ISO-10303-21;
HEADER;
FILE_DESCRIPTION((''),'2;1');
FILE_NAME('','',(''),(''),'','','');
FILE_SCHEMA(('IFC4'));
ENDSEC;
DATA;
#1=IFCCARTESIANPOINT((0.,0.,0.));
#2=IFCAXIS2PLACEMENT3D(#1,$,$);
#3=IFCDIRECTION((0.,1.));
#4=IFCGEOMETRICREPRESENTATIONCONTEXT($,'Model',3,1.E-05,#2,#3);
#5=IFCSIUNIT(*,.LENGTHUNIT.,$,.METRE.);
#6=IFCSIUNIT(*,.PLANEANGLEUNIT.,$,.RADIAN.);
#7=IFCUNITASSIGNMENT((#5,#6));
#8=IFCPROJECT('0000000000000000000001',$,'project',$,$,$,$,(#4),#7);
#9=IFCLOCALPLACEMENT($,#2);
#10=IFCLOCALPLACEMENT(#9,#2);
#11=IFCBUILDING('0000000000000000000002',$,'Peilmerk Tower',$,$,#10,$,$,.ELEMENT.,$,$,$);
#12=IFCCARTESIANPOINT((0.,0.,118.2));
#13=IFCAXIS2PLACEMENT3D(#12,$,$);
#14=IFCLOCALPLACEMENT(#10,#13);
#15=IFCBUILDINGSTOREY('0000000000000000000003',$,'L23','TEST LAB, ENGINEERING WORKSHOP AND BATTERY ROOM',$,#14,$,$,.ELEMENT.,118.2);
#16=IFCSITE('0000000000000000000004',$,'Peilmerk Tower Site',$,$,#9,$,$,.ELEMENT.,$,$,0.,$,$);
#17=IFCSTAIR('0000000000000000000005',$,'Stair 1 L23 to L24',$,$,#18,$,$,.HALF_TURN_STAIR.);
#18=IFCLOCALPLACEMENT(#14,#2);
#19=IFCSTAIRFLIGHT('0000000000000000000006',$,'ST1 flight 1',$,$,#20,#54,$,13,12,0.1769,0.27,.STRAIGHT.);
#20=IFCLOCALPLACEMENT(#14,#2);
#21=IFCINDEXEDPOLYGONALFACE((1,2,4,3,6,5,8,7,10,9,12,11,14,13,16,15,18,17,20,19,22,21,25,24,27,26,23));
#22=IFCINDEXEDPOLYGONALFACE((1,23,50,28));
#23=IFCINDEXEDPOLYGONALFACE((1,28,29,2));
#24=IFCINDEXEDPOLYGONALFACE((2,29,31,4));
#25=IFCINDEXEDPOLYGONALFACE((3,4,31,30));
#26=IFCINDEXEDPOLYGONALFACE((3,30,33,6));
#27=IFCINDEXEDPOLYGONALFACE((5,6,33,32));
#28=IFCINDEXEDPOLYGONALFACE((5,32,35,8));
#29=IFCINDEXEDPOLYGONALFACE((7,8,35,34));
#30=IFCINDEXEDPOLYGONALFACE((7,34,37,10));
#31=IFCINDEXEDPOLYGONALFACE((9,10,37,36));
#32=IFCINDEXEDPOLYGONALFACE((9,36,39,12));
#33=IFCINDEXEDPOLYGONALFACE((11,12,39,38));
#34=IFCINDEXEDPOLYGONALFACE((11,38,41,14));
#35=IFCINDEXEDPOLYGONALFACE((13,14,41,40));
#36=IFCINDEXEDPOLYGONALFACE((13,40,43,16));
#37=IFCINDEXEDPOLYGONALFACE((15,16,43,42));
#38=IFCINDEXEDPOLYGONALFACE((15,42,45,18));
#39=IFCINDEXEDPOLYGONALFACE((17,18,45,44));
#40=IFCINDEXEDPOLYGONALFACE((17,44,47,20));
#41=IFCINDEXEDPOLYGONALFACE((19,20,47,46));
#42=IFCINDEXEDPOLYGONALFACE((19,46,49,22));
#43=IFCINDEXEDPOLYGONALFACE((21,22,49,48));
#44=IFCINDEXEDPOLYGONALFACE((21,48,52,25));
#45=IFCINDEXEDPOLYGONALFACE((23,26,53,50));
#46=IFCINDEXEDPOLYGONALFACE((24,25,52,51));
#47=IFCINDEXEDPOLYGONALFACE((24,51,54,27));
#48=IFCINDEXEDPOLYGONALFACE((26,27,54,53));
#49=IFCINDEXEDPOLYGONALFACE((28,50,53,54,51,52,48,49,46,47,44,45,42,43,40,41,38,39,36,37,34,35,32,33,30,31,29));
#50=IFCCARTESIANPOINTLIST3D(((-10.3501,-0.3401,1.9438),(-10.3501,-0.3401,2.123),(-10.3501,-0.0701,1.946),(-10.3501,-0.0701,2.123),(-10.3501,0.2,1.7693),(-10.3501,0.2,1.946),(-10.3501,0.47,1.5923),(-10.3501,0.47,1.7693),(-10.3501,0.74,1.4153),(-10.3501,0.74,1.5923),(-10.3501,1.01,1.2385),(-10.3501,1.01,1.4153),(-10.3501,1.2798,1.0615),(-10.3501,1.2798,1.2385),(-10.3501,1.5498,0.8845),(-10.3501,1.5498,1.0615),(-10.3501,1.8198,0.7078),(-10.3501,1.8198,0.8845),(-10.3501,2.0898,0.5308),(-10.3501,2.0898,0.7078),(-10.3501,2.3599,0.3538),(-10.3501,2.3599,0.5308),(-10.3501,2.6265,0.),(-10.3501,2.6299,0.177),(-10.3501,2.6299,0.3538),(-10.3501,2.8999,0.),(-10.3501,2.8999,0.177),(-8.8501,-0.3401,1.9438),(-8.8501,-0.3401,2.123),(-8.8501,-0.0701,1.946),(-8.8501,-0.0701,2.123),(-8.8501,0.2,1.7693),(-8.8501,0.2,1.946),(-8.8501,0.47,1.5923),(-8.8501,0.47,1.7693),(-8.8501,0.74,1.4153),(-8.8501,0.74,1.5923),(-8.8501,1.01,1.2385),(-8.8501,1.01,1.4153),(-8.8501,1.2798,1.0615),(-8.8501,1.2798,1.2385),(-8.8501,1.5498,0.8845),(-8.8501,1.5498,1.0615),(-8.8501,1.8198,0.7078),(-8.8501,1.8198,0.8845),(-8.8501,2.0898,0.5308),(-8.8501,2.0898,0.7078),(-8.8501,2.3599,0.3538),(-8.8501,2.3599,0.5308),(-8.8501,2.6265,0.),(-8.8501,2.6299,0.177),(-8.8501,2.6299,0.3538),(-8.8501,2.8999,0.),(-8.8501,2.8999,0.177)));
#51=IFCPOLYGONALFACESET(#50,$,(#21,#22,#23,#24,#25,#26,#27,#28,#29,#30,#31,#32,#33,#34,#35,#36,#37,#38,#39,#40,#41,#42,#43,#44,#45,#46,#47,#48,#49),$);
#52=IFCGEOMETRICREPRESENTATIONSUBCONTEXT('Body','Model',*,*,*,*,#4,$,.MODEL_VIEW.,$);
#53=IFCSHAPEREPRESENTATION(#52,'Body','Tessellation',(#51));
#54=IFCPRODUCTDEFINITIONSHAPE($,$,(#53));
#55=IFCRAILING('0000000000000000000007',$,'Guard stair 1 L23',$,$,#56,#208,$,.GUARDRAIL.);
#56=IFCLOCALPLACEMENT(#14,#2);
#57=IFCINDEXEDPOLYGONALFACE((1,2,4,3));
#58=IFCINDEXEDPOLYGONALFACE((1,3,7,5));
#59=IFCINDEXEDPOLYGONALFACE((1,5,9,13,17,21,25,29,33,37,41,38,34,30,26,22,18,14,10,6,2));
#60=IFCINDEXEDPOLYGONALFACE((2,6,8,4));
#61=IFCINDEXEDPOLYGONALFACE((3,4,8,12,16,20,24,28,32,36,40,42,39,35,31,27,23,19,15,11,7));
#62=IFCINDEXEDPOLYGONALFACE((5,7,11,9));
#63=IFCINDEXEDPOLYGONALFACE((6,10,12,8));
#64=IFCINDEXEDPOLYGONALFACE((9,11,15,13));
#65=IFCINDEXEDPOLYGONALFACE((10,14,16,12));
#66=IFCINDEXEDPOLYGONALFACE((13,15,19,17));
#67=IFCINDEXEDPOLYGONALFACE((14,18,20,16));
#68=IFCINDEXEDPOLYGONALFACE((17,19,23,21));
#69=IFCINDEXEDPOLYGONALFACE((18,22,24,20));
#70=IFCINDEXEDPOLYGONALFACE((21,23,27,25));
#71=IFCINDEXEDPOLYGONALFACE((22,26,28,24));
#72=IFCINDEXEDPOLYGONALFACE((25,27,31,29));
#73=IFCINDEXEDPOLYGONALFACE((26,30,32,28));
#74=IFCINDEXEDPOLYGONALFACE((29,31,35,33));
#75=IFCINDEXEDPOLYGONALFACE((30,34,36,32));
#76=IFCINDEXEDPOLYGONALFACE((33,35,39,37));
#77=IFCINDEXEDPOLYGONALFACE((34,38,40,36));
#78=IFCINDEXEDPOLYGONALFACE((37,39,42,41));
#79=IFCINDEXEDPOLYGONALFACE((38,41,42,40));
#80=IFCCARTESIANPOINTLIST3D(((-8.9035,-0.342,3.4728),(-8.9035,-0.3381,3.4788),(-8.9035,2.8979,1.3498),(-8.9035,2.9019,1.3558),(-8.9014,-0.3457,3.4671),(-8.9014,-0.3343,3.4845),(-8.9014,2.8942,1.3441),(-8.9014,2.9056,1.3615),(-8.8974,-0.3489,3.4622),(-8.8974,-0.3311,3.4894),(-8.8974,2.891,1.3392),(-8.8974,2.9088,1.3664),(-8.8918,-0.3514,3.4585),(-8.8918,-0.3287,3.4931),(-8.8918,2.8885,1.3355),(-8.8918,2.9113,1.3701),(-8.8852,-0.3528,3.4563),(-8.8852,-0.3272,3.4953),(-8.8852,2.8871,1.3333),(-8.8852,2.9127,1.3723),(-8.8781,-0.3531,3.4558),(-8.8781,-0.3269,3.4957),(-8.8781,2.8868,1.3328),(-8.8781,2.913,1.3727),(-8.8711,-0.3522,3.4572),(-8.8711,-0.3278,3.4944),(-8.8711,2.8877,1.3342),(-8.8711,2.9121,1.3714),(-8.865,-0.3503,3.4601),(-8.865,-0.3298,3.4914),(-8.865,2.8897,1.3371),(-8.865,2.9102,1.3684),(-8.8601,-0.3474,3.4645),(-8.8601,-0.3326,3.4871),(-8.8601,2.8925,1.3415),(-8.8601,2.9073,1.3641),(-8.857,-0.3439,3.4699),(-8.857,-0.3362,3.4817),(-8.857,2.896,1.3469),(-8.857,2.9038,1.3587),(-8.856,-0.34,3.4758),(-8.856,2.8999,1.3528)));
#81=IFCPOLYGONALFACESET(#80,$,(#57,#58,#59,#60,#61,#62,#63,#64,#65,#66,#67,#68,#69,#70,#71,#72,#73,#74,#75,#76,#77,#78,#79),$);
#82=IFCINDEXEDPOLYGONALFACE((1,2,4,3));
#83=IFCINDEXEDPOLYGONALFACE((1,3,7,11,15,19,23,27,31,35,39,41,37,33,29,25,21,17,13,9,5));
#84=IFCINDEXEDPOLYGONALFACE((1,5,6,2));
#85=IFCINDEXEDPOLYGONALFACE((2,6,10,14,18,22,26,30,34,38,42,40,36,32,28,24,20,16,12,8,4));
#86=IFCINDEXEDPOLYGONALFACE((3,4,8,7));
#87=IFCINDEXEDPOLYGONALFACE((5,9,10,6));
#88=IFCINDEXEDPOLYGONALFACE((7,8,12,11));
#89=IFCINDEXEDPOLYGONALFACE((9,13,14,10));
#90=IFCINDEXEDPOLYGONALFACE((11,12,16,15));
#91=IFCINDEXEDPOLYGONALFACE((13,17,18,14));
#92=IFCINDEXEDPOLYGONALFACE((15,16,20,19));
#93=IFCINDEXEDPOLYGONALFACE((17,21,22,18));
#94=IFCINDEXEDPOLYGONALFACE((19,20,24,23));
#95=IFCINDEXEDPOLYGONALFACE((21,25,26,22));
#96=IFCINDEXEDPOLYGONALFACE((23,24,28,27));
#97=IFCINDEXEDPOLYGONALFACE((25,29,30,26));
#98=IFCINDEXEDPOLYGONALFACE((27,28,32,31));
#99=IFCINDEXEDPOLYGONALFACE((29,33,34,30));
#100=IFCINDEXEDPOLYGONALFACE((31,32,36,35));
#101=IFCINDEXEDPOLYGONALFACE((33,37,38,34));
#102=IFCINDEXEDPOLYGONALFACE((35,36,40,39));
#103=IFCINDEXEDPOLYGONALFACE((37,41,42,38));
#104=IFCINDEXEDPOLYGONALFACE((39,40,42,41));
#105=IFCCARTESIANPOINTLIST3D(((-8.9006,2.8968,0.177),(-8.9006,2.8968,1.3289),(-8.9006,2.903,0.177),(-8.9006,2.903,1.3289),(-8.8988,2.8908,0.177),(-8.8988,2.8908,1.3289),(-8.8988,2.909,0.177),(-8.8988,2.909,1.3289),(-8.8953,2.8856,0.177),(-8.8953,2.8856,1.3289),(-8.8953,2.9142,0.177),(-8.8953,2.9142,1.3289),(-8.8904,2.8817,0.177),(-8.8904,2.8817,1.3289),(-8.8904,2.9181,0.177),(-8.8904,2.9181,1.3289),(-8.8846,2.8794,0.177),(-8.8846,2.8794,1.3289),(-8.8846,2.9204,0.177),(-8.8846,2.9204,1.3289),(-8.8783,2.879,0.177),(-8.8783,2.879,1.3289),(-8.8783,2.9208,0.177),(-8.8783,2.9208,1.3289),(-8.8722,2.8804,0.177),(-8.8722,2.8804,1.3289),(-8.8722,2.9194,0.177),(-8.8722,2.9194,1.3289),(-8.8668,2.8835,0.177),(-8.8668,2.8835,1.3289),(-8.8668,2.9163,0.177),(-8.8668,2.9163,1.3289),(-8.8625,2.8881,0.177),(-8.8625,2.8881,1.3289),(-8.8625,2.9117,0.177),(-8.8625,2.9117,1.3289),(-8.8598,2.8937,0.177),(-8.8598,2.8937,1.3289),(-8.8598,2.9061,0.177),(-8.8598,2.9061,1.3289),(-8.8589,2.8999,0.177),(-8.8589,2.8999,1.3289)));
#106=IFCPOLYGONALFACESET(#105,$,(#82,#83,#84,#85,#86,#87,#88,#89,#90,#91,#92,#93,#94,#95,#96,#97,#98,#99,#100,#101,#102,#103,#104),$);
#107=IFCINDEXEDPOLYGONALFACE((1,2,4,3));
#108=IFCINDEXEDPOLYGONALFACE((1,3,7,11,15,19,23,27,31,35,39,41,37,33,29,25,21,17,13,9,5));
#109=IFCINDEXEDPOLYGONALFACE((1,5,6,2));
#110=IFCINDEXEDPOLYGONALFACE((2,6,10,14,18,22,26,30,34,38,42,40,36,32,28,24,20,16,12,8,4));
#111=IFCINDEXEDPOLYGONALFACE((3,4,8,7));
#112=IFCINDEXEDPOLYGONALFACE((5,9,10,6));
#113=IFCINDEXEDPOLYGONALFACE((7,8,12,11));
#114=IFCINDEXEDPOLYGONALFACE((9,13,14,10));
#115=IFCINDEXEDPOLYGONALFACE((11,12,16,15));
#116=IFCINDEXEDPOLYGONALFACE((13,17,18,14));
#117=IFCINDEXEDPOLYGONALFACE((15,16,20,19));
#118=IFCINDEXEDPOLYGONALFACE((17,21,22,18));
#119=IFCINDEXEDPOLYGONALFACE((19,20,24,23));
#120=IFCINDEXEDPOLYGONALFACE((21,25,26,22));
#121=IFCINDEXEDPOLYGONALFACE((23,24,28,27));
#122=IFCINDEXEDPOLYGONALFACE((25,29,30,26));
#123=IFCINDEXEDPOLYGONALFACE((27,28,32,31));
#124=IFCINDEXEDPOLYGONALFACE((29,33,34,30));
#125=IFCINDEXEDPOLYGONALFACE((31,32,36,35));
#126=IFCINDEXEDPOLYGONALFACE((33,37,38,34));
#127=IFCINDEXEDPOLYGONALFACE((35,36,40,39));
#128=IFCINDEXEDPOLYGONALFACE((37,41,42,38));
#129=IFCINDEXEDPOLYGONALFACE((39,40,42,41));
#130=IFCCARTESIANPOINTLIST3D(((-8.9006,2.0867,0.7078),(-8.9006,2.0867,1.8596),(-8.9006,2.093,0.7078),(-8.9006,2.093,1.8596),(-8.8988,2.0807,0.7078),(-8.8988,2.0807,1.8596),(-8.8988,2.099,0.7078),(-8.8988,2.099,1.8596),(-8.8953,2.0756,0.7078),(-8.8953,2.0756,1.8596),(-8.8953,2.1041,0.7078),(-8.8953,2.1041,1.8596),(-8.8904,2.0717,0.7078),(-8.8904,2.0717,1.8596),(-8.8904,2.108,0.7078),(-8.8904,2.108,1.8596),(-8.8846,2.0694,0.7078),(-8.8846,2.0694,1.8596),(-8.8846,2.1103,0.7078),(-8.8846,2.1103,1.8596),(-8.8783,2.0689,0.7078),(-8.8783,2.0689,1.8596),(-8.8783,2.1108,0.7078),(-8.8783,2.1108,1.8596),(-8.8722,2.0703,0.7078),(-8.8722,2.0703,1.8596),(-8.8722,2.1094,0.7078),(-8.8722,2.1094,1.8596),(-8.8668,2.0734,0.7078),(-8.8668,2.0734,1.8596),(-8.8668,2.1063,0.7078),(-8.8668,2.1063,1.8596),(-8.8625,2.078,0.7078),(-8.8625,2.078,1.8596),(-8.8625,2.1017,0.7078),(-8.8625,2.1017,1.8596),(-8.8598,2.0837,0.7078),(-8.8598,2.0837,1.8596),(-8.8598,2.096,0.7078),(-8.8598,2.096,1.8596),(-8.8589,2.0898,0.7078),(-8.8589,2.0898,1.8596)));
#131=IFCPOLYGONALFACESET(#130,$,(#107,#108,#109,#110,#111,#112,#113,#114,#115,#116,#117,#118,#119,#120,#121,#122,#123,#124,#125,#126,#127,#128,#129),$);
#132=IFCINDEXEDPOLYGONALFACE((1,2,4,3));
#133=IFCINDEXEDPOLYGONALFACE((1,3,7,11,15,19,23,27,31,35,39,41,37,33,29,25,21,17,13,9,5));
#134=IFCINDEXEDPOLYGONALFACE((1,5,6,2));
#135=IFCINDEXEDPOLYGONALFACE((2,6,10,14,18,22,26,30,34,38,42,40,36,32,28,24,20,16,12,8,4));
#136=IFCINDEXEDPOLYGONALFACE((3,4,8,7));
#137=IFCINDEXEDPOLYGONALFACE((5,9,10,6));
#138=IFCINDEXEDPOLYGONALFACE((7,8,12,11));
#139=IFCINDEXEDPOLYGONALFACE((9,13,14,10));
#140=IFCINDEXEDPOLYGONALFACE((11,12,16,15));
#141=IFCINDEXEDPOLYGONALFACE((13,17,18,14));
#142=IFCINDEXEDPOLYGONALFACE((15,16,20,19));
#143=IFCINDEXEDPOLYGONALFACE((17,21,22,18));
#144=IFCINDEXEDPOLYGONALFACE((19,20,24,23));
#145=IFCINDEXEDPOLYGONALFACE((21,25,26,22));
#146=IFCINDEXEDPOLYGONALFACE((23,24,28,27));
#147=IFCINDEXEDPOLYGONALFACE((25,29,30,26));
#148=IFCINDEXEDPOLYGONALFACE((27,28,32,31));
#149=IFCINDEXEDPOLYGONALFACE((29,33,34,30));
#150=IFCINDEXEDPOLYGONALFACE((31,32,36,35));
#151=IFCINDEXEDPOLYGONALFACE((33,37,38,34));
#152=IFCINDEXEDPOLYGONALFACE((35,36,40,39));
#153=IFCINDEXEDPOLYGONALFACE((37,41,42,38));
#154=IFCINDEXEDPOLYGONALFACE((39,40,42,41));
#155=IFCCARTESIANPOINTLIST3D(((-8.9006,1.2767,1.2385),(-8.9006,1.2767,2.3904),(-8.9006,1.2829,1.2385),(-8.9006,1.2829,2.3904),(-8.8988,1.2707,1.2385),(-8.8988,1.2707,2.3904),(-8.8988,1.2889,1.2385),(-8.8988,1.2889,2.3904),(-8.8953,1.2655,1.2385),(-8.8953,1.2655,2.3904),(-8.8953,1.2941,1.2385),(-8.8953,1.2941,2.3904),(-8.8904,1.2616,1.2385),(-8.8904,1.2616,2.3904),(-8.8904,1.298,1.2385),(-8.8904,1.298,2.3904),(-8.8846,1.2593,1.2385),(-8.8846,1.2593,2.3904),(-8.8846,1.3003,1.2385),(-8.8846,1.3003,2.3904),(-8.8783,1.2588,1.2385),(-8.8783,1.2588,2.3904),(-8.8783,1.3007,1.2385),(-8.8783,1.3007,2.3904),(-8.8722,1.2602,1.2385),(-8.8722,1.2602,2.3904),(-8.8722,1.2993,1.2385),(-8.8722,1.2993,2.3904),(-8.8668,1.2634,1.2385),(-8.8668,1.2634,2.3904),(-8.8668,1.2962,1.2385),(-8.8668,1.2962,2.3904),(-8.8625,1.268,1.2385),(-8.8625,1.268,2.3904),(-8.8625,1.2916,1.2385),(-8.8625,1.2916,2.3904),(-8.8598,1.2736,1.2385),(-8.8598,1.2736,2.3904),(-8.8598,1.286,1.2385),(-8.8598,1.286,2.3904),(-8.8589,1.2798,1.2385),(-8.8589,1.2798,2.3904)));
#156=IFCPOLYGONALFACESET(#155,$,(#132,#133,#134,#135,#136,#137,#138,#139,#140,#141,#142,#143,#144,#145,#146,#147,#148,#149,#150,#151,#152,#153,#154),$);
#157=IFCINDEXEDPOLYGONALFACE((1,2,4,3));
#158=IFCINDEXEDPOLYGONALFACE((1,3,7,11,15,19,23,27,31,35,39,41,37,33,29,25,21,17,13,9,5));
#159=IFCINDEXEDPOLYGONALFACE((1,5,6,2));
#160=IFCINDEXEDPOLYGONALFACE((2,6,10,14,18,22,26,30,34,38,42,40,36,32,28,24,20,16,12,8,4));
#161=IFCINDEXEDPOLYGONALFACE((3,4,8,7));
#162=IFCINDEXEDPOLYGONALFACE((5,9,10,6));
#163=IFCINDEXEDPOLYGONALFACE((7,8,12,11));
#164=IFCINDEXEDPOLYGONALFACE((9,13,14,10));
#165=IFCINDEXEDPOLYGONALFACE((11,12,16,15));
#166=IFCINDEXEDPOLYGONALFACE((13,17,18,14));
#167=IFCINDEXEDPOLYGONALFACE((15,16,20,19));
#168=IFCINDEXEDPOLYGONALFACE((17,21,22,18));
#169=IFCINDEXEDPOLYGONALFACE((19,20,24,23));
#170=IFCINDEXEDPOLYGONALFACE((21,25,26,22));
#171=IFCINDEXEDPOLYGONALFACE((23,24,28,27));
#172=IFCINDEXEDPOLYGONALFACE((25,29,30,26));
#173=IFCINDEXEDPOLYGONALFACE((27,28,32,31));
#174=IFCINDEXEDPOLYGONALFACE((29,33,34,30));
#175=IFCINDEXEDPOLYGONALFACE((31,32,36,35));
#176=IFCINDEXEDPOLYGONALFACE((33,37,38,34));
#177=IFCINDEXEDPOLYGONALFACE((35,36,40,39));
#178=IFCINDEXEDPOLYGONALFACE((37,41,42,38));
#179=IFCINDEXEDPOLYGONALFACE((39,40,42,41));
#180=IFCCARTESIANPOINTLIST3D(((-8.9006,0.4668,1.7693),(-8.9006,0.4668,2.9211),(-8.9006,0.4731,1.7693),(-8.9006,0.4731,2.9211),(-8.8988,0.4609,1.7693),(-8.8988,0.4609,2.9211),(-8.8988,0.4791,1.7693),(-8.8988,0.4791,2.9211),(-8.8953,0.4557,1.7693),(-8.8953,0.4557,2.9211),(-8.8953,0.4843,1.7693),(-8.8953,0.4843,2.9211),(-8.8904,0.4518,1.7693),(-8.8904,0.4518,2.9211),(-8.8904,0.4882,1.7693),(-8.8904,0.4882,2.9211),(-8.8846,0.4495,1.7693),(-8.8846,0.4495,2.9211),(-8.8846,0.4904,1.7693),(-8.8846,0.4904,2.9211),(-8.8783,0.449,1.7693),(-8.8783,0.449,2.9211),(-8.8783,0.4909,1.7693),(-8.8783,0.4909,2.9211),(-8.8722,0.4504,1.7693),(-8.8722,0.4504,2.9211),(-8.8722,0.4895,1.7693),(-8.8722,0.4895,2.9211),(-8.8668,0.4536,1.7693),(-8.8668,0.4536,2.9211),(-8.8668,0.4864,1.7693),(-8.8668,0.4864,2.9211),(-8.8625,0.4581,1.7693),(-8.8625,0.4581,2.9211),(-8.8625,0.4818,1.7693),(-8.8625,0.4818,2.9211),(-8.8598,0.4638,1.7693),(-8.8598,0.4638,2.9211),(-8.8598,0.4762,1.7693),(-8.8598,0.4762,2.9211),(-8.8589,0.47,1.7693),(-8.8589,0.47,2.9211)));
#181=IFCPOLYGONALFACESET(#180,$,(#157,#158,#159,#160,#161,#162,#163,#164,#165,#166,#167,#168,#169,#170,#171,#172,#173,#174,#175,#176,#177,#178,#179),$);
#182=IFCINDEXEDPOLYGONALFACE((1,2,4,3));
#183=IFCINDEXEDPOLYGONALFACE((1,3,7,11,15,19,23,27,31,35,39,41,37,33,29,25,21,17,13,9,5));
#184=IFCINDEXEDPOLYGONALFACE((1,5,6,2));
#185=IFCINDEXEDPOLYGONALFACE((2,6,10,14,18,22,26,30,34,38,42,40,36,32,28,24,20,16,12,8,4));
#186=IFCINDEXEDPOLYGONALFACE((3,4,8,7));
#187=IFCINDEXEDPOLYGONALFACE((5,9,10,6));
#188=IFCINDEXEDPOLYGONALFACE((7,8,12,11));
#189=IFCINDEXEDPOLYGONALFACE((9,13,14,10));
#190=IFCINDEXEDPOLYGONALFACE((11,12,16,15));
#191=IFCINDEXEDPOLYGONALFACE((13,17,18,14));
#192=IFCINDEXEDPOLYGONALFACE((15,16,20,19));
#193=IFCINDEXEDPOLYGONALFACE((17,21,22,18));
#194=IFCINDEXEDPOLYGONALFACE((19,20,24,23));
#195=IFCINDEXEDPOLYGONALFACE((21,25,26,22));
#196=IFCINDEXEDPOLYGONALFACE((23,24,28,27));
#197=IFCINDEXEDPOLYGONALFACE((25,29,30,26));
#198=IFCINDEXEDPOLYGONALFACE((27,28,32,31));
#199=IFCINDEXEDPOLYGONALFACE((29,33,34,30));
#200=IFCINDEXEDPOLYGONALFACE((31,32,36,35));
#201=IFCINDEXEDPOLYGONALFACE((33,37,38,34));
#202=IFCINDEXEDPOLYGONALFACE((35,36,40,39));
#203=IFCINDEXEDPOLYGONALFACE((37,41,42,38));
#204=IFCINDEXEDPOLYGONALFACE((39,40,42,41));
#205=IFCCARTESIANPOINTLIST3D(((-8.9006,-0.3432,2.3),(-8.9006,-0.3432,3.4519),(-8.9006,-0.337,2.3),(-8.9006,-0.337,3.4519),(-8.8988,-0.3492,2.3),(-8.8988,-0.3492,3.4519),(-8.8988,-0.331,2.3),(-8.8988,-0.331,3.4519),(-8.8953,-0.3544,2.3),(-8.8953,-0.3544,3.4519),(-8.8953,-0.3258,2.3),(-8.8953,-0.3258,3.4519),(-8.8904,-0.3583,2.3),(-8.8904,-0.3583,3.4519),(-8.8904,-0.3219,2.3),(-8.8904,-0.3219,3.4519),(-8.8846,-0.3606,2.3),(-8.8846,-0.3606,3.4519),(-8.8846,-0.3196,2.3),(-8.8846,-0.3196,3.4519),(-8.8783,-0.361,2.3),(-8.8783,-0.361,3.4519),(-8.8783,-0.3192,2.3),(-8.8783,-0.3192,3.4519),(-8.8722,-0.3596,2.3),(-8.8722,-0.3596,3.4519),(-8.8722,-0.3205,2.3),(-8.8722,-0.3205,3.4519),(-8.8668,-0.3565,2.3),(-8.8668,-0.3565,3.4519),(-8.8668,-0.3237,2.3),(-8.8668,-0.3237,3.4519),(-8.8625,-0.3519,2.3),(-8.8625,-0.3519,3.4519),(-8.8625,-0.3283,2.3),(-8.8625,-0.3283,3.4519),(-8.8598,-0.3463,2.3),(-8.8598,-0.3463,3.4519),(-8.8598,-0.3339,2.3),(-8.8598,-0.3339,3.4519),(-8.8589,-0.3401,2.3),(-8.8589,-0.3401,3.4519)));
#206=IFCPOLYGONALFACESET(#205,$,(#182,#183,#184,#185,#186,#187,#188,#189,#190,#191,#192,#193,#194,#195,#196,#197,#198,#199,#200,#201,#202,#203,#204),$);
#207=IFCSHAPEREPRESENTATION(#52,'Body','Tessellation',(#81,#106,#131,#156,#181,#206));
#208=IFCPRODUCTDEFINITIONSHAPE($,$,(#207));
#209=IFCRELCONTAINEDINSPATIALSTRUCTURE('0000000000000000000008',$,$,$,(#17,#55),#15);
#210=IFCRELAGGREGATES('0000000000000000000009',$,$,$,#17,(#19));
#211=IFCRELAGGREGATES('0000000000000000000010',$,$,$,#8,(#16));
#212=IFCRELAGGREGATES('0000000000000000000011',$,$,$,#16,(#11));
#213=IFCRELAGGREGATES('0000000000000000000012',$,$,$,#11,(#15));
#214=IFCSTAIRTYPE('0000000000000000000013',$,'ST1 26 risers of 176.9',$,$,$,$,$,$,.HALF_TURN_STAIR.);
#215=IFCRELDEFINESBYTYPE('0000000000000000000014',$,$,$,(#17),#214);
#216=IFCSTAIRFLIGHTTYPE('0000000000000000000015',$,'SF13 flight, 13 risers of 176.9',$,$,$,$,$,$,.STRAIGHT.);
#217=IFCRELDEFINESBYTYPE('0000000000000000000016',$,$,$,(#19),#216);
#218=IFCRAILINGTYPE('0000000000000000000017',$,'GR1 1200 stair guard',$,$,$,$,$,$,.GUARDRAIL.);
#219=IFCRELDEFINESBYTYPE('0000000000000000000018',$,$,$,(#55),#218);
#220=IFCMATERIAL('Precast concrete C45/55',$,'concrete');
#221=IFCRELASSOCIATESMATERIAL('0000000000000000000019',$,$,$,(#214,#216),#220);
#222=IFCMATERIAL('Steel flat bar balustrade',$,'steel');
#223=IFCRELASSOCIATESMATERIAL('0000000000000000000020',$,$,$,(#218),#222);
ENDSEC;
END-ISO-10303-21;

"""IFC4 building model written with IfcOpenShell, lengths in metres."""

from ifc_helpers import new_model, si_unit, direction, frame, origin, origin_2d, place, context, subcontext, project, spatial, polyline, circle, outline, extrude, material, type_object, element, aggregate, save


model = new_model("IFC4")

# Units and contexts
model_context = context("Model", 3, precision=1e-05, world=origin(), true_north=direction((0.0, 1.0)))
body_context = subcontext(model_context, "Body", "Model", "MODEL_VIEW")
ifc_project = project(units=[si_unit("LENGTHUNIT", "METRE"), si_unit("PLANEANGLEUNIT", "RADIAN")], contexts=[model_context])

# Site, building, storey
site_placement = place(None, origin())
site = spatial("IfcSite", under=ifc_project, at=site_placement, Name="Peilmerk Tower Site", CompositionType="ELEMENT", RefElevation=0.0)
building_placement = place(site_placement, origin())
building = spatial("IfcBuilding", under=site, at=building_placement, Name="Peilmerk Tower", CompositionType="ELEMENT")
storey_placement = place(building_placement, frame((0.0, 0.0, 118.2)))
storey = spatial("IfcBuildingStorey", under=building, at=storey_placement, Name="L23", Description="TEST LAB, ENGINEERING WORKSHOP AND BATTERY ROOM", CompositionType="ELEMENT", Elevation=118.2)

# Stair, stair flight
ifc_material_1 = material(Name="Precast concrete C45/55", Category="concrete")
stair_type = type_object("IfcStairType", Name="ST1 26 risers of 176.9", PredefinedType="HALF_TURN_STAIR", material=ifc_material_1)
stair_placement = place(storey_placement, origin())
stair = element("IfcStair", 1, at=stair_placement, inside=storey, type_object=stair_type, Name="Stair 1 L23 to L24", PredefinedType="HALF_TURN_STAIR")
stair_flight_type = type_object("IfcStairFlightType", Name="SF13 flight, 13 risers of 176.9", PredefinedType="STRAIGHT", material=ifc_material_1)
stair_flight_placement = place(storey_placement, frame((-9.6001, 2.8999, 0.0), z_axis=(0.0, 0.0, 1.0), x_axis=(0.0, -1.0, 0.0)))
stair_flight = element("IfcStairFlight", 2, at=stair_flight_placement, type_object=stair_flight_type, Name="ST1 flight 1", NumberOfRisers=13, NumberOfTreads=12, PredefinedType="STRAIGHT", RiserHeight=0.1769, TreadLength=0.27, context=body_context, shape_type="SweptSolid", body=[
    extrude(outline(polyline([(0.0, 0.0), (0.0, 0.177), (0.27, 0.177), (0.27, 0.3538), (0.54, 0.3538), (0.54, 0.5308), (0.8101, 0.5308), (0.8101, 0.7078), (1.0801, 0.7078), (1.0801, 0.8845), (1.3501, 0.8845), (1.3501, 1.0615), (1.6201, 1.0615), (1.6201, 1.2385), (1.8899, 1.2385), (1.8899, 1.4153), (2.1599, 1.4153), (2.1599, 1.5923), (2.4299, 1.5923), (2.4299, 1.7693), (2.7, 1.7693), (2.7, 1.946), (2.97, 1.946), (2.97, 2.123), (3.24, 2.123), (3.24, 2.3), (3.24, 1.9438), (0.2734, 0.0), (0.0, 0.0)])), frame((0.0, 0.75, 0.0), z_axis=(0.0, -1.0, 0.0), x_axis=(1.0, 0.0, 0.0)), (0.0, 0.0, 1.0), 1.5),
])
aggregate(stair, [stair_flight])

# Railing
ifc_material_2 = material(Name="Steel flat bar balustrade", Category="steel")
railing_type_1 = type_object("IfcRailingType", Name="GR1 1200 stair guard", PredefinedType="GUARDRAIL", material=ifc_material_2)
railing_1_placement = place(storey_placement, frame((-8.8799, 2.8999, 0.177)))
element("IfcRailing", 3, at=railing_1_placement, inside=storey, type_object=railing_type_1, Name="Guard stair 1 L23", PredefinedType="GUARDRAIL", context=body_context, shape_type="SweptSolid", body=[
    extrude(circle(Radius=0.0239, at=origin_2d()), frame((0.0, 0.0, 1.1758), z_axis=(0.0, -0.836426, 0.548079), x_axis=(1.0, 0.0, 0.0)), (0.0, 0.0, 1.0), 3.8735),
    extrude(circle(Radius=0.021, at=origin_2d()), origin(), (0.0, 0.0, 1.0), 1.1519),
    extrude(circle(Radius=0.021, at=origin_2d()), frame((0.0, -0.8101, 0.5308)), (0.0, 0.0, 1.0), 1.1519),
    extrude(circle(Radius=0.021, at=origin_2d()), frame((0.0, -1.6201, 1.0615)), (0.0, 0.0, 1.0), 1.1519),
    extrude(circle(Radius=0.021, at=origin_2d()), frame((0.0, -2.4299, 1.5923)), (0.0, 0.0, 1.0), 1.1519),
    extrude(circle(Radius=0.021, at=origin_2d()), frame((0.0, -3.24, 2.123)), (0.0, 0.0, 1.0), 1.1519),
])

save(model, "model.ifc")
